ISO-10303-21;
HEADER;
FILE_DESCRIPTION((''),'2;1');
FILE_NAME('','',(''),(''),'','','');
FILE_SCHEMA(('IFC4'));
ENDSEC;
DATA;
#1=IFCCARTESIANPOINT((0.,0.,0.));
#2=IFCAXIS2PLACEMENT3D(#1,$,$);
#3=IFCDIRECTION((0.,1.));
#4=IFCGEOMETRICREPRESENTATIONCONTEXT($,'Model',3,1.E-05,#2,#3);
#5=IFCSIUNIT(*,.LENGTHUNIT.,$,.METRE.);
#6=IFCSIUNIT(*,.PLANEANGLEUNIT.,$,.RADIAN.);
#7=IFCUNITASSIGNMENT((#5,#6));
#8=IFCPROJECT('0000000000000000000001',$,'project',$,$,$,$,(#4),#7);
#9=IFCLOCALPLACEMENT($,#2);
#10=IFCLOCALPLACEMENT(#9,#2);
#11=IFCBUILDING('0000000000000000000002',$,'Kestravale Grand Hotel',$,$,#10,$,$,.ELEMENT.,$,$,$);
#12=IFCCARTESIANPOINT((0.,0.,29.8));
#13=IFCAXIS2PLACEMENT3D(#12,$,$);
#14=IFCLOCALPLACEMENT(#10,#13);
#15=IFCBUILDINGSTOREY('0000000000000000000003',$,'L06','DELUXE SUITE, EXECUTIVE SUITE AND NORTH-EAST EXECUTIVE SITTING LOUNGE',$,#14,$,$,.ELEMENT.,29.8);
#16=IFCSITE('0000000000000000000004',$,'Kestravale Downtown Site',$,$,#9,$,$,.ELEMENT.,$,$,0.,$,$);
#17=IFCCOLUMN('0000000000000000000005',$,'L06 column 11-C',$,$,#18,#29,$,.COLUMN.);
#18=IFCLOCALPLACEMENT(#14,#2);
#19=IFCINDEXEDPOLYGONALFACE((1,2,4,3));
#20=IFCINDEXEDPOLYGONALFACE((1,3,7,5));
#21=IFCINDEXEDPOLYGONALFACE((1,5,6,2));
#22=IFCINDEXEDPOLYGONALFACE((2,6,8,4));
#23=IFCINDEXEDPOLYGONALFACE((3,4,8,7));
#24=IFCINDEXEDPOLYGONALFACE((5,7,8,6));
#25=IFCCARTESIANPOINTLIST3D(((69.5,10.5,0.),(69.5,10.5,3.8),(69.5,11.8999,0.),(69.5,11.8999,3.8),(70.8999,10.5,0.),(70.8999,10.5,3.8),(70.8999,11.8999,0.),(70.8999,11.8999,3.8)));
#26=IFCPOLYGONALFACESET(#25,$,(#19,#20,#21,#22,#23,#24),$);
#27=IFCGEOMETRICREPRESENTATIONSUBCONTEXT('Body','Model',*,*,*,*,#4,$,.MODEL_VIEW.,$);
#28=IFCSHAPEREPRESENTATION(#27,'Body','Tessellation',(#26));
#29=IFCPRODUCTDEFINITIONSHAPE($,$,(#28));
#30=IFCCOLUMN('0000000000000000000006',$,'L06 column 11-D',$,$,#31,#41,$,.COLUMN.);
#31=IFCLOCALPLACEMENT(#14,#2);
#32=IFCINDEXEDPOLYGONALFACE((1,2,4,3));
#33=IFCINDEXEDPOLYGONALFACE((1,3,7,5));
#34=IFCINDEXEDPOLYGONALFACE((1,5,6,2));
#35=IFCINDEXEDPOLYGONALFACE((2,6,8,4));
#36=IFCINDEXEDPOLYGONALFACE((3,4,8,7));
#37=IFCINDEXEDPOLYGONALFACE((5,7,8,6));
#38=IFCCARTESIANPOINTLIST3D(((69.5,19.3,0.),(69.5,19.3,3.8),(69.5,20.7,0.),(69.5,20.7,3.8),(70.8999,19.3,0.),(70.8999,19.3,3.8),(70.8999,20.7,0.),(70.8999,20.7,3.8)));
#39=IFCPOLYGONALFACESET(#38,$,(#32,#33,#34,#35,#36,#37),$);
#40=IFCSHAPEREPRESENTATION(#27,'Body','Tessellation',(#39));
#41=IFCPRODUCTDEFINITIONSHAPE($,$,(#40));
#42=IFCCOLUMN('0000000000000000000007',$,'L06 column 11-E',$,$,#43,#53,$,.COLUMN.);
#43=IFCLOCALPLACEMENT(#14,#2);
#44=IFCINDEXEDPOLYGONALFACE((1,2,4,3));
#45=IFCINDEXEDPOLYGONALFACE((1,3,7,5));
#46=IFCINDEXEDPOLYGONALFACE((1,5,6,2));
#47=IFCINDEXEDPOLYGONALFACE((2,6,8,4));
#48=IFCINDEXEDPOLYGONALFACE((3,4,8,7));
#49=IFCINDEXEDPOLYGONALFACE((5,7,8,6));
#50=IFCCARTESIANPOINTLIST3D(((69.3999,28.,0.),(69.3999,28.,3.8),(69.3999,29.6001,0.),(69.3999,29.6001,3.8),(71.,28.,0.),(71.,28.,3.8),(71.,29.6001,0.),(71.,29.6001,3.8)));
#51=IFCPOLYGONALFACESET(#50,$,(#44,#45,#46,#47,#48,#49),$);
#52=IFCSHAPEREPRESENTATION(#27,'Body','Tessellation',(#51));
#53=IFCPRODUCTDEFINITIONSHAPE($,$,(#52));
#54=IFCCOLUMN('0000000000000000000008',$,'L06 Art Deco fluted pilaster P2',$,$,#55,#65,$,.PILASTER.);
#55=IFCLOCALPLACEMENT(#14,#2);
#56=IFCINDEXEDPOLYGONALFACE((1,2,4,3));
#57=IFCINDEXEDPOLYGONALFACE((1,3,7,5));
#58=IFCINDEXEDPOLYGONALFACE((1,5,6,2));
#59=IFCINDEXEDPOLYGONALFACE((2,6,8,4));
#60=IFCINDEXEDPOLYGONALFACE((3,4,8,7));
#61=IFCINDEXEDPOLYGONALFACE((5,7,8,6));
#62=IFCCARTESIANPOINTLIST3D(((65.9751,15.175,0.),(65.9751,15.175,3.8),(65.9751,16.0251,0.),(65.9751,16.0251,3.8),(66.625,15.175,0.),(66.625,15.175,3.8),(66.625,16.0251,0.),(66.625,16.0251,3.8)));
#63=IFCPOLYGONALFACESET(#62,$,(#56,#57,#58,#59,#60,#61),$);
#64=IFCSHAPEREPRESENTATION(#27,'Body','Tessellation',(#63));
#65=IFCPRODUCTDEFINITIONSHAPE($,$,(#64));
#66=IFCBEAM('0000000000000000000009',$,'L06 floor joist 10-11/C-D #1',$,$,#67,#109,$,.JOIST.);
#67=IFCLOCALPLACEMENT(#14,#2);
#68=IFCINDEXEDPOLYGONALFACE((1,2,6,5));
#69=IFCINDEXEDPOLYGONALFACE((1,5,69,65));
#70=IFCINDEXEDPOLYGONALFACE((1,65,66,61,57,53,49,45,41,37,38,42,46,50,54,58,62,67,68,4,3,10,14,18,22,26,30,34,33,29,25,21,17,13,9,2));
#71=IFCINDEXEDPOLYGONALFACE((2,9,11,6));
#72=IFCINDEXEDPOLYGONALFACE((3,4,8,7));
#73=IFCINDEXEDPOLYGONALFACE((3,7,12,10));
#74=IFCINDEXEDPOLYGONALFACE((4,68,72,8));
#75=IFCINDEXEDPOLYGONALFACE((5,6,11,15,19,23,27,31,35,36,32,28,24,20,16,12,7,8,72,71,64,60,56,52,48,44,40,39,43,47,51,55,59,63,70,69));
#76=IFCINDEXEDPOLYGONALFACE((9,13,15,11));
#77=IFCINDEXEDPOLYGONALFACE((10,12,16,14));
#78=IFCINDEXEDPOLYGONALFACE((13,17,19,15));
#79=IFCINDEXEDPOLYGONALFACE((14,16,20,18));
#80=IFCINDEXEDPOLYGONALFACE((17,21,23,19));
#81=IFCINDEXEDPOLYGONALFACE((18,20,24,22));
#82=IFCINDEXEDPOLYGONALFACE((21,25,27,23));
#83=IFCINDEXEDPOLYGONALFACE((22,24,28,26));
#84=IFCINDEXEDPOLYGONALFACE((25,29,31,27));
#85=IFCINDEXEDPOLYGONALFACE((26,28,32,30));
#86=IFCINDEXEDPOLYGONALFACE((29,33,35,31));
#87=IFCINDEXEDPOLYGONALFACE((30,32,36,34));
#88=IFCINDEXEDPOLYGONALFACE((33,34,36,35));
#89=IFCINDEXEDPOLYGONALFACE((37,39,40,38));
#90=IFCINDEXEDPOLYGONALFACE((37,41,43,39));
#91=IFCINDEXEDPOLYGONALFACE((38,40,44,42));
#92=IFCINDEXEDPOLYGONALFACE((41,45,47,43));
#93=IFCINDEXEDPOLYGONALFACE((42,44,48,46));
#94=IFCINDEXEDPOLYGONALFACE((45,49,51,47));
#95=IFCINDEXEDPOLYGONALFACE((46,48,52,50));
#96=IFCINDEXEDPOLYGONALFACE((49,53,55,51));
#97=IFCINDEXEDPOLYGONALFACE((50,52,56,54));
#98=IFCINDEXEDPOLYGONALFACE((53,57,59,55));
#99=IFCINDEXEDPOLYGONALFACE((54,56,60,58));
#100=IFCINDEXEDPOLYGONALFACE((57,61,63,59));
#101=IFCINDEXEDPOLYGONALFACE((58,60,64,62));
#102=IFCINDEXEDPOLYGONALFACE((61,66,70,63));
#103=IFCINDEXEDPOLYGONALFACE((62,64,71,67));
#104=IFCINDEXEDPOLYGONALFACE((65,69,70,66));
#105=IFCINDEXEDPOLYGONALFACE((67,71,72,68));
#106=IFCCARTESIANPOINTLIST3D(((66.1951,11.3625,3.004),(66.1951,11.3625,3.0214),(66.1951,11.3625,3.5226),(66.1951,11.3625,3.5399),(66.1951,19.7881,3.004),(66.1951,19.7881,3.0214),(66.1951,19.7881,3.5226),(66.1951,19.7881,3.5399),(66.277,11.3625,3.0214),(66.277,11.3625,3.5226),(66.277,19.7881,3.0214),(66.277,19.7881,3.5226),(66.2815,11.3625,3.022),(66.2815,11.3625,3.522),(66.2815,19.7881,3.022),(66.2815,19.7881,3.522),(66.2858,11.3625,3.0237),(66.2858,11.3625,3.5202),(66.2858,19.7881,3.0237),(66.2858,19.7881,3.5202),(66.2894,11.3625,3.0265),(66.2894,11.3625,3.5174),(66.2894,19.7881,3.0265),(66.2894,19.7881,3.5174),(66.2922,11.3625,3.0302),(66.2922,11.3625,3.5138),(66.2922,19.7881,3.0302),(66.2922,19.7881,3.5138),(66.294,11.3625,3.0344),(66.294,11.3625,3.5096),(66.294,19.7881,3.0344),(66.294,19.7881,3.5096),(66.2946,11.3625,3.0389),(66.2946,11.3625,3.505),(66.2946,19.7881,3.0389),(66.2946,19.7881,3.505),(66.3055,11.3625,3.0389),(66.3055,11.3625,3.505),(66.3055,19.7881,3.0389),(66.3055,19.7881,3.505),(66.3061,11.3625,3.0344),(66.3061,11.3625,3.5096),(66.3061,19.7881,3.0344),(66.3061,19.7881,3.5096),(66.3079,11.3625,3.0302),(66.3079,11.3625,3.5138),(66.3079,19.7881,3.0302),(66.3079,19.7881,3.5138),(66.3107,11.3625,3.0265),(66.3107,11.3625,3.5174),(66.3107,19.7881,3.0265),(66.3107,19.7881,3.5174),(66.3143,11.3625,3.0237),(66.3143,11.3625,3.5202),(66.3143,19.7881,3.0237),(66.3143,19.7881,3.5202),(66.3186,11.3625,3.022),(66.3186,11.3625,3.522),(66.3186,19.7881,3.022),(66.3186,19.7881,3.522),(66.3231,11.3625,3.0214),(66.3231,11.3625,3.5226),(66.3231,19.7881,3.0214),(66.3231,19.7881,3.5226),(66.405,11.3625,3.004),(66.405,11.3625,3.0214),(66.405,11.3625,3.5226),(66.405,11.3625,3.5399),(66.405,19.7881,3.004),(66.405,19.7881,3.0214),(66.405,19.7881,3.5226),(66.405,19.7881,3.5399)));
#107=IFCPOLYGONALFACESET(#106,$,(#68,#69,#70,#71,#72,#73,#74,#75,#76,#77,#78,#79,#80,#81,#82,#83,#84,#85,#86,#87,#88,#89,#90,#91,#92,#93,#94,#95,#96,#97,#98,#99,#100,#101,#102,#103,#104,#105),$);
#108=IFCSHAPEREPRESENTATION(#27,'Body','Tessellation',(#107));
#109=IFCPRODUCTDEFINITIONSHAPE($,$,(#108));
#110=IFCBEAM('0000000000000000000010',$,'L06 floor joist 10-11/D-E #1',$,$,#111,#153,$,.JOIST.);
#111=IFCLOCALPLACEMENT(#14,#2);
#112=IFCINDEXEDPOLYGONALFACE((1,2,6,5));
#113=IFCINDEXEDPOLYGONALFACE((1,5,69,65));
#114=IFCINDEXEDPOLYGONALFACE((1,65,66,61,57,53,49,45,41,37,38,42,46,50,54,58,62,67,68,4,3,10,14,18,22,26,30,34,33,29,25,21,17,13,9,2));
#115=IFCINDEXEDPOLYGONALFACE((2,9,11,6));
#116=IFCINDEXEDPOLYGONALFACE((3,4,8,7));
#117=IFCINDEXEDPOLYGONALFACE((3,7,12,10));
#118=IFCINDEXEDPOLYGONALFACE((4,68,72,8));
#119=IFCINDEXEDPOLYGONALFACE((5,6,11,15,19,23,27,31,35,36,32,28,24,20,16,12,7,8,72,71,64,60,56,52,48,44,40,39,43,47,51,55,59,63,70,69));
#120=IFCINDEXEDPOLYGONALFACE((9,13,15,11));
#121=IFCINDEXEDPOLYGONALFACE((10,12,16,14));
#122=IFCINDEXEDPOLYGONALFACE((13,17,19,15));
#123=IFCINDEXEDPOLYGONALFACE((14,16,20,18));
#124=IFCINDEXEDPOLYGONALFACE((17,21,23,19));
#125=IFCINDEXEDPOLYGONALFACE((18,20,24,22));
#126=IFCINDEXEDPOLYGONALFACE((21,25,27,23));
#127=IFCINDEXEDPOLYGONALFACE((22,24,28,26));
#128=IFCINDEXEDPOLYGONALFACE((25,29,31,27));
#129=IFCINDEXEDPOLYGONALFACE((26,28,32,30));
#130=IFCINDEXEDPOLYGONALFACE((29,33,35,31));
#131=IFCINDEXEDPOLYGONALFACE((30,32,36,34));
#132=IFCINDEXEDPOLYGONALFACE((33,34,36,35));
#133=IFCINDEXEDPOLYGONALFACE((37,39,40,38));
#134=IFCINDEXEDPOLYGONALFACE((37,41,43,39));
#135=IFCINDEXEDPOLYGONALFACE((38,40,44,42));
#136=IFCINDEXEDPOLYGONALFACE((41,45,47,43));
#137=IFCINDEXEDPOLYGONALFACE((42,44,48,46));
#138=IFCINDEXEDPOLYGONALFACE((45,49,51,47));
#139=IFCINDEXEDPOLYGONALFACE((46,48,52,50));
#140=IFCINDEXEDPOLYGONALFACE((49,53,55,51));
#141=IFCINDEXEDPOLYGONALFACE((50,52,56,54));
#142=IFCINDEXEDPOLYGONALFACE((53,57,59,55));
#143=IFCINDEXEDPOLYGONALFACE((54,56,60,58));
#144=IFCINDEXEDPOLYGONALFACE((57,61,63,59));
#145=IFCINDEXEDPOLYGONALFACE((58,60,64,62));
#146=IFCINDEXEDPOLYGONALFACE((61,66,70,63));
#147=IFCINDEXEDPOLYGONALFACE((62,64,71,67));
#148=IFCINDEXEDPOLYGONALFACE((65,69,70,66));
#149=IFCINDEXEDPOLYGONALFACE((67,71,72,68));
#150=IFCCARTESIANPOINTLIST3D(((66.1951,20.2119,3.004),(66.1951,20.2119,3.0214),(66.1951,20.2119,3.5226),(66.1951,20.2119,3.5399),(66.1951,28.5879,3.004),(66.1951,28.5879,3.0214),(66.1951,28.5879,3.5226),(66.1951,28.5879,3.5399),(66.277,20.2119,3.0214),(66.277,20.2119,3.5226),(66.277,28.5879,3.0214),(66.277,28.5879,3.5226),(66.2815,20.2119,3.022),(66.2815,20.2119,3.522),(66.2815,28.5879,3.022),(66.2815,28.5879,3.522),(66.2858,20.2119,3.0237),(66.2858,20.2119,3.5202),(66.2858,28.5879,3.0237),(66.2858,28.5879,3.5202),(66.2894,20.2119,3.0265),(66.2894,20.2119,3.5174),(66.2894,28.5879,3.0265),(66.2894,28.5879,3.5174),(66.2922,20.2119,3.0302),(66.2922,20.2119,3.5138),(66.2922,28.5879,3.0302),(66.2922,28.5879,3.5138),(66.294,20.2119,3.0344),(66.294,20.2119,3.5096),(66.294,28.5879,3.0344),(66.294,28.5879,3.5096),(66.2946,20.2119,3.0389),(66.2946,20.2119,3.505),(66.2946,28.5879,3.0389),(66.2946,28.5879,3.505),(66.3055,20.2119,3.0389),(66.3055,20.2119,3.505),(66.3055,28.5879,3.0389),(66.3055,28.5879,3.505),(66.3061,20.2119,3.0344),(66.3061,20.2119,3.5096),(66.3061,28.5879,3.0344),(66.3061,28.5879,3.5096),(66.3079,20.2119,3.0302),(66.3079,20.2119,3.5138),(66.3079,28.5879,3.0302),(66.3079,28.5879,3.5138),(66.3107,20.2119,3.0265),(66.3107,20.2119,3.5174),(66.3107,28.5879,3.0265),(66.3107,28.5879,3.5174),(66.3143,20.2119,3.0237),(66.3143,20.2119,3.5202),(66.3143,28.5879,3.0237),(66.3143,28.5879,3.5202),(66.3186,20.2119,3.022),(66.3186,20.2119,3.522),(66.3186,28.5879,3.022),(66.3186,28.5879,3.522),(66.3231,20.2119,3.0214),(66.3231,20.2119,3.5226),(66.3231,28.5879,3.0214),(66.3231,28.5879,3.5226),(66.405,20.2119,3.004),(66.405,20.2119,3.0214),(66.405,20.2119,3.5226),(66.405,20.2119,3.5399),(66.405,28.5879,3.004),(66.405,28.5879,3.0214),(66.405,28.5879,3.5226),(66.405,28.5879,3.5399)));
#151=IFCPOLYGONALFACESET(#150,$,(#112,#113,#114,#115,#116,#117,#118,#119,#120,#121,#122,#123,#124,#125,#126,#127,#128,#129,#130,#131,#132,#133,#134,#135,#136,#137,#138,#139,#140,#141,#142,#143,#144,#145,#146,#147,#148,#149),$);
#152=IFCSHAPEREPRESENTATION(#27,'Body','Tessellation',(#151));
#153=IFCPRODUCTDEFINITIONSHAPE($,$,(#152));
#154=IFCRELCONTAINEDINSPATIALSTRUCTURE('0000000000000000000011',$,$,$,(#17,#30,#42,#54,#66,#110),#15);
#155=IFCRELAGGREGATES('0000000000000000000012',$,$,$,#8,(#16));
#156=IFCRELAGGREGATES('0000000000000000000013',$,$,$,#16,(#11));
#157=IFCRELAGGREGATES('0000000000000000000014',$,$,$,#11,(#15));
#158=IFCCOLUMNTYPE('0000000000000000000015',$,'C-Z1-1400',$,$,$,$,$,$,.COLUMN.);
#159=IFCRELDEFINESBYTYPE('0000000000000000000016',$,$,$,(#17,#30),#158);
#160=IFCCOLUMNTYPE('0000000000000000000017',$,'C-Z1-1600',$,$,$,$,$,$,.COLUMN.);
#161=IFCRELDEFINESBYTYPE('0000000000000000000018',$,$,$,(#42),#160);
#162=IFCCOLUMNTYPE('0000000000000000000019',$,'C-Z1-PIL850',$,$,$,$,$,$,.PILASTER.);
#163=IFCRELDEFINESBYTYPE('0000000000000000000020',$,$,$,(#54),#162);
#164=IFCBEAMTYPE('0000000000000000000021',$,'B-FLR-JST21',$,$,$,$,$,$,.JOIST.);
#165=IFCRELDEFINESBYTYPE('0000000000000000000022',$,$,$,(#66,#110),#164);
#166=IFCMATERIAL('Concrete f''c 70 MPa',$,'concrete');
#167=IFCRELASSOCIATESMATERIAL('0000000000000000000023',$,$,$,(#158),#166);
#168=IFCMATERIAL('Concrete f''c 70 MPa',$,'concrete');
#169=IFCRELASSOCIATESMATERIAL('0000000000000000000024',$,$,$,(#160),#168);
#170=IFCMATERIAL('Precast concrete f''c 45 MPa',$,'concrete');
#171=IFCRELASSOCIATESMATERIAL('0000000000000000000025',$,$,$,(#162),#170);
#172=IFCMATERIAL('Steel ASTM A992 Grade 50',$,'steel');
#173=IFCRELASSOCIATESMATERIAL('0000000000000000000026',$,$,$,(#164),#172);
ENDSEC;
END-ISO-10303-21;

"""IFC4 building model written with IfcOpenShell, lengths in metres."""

from ifc_helpers import new_model, si_unit, direction, frame, origin, origin_2d, place, context, subcontext, project, spatial, rectangle, i_section, extrude, material, material_profile, profile_set, type_object, element, save


model = new_model("IFC4")

# Units and contexts
model_context = context("Model", 3, precision=1e-05, world=origin(), true_north=direction((0.0, 1.0)))
body_context = subcontext(model_context, "Body", "Model", "MODEL_VIEW")
ifc_project = project(units=[si_unit("LENGTHUNIT", "METRE"), si_unit("PLANEANGLEUNIT", "RADIAN")], contexts=[model_context])

# Site, building, storey
site_placement = place(None, origin())
site = spatial("IfcSite", under=ifc_project, at=site_placement, Name="Kestravale Downtown Site", CompositionType="ELEMENT", RefElevation=0.0)
building_placement = place(site_placement, origin())
building = spatial("IfcBuilding", under=site, at=building_placement, Name="Kestravale Grand Hotel", CompositionType="ELEMENT")
storey_placement = place(building_placement, frame((0.0, 0.0, 29.8)))
storey = spatial("IfcBuildingStorey", under=building, at=storey_placement, Name="L06", Description="DELUXE SUITE, EXECUTIVE SUITE AND NORTH-EAST EXECUTIVE SITTING LOUNGE", CompositionType="ELEMENT", Elevation=29.8)

# Columns
ifc_material_1 = material(Name="Concrete f'c 70 MPa", Category="concrete")
ifc_material_profile_1 = material_profile(ifc_material_1, rectangle(XDim=1.3999, YDim=1.3999, at=origin_2d()))
ifc_profile_set_1 = profile_set([ifc_material_profile_1], Name="Concrete f'c 70 MPa")
column_type_1 = type_object("IfcColumnType", Name="C-Z1-1400", PredefinedType="COLUMN", material=ifc_profile_set_1)
for number, where, z_axis, x_axis, name in (
    (1, (70.2, 11.2, 0.0), (0.0, 0.0, 1.0), (1.0, 0.0, 0.0), "L06 column 11-C"),
    (2, (70.2, 20.0, 0.0), (0.0, 0.0, 1.0), (1.0, 0.0, 0.0), "L06 column 11-D"),
):
    element("IfcColumn", number, at=place(storey_placement, frame(where, z_axis=z_axis, x_axis=x_axis)), inside=storey, type_object=column_type_1, Name=name, PredefinedType="COLUMN", context=body_context, shape_type="SweptSolid", body=[
        extrude(rectangle(XDim=1.3999, YDim=1.3999, at=origin_2d()), origin(), (0.0, 0.0, 1.0), 3.8),
    ])
ifc_material_2 = material(Name="Concrete f'c 70 MPa", Category="concrete")
ifc_material_profile_2 = material_profile(ifc_material_2, rectangle(XDim=1.6001, YDim=1.6001, at=origin_2d()))
ifc_profile_set_2 = profile_set([ifc_material_profile_2], Name="Concrete f'c 70 MPa")
column_type_2 = type_object("IfcColumnType", Name="C-Z1-1600", PredefinedType="COLUMN", material=ifc_profile_set_2)
column_1_placement = place(storey_placement, frame((70.2, 28.8, 0.0), z_axis=(0.0, 0.0, 1.0), x_axis=(1.0, 0.0, 0.0)))
element("IfcColumn", 3, at=column_1_placement, inside=storey, type_object=column_type_2, Name="L06 column 11-E", PredefinedType="COLUMN", context=body_context, shape_type="SweptSolid", body=[
    extrude(rectangle(XDim=1.6001, YDim=1.6001, at=origin_2d()), origin(), (0.0, 0.0, 1.0), 3.8),
])
ifc_material_3 = material(Name="Precast concrete f'c 45 MPa", Category="concrete")
ifc_material_profile_3 = material_profile(ifc_material_3, rectangle(XDim=0.6499, YDim=0.8501, at=origin_2d()))
ifc_profile_set_3 = profile_set([ifc_material_profile_3], Name="Precast concrete f'c 45 MPa")
column_type_3 = type_object("IfcColumnType", Name="C-Z1-PIL850", PredefinedType="PILASTER", material=ifc_profile_set_3)
column_2_placement = place(storey_placement, frame((66.3, 15.6001, 0.0), z_axis=(0.0, 0.0, 1.0), x_axis=(1.0, 0.0, 0.0)))
element("IfcColumn", 4, at=column_2_placement, inside=storey, type_object=column_type_3, Name="L06 Art Deco fluted pilaster P2", PredefinedType="PILASTER", context=body_context, shape_type="SweptSolid", body=[
    extrude(rectangle(XDim=0.6499, YDim=0.8501, at=origin_2d()), origin(), (0.0, 0.0, 1.0), 3.8),
])

# Beams
ifc_material_4 = material(Name="Steel ASTM A992 Grade 50", Category="steel")
ifc_material_profile_4 = material_profile(ifc_material_4, i_section(OverallWidth=0.21, OverallDepth=0.5359, WebThickness=0.011, FlangeThickness=0.0173, FilletRadius=0.0176, at=origin_2d()))
ifc_profile_set_4 = profile_set([ifc_material_profile_4], Name="Steel ASTM A992 Grade 50")
beam_type_1 = type_object("IfcBeamType", Name="B-FLR-JST21", PredefinedType="JOIST", material=ifc_profile_set_4)
beam_1_placement = place(storey_placement, frame((66.3, 11.3625, 3.272), z_axis=(0.0, 1.0, 0.0), x_axis=(-1.0, 0.0, 0.0)))
element("IfcBeam", 5, at=beam_1_placement, inside=storey, type_object=beam_type_1, Name="L06 floor joist 10-11/C-D #1", PredefinedType="JOIST", context=body_context, shape_type="SweptSolid", body=[
    extrude(i_section(OverallWidth=0.21, OverallDepth=0.5359, WebThickness=0.011, FlangeThickness=0.0173, FilletRadius=0.0176, at=origin_2d()), origin(), (0.0, 0.0, 1.0), 8.4255),
])
beam_2_placement = place(storey_placement, frame((66.3, 20.2119, 3.272), z_axis=(0.0, 1.0, 0.0), x_axis=(-1.0, 0.0, 0.0)))
element("IfcBeam", 6, at=beam_2_placement, inside=storey, type_object=beam_type_1, Name="L06 floor joist 10-11/D-E #1", PredefinedType="JOIST", context=body_context, shape_type="SweptSolid", body=[
    extrude(i_section(OverallWidth=0.21, OverallDepth=0.5359, WebThickness=0.011, FlangeThickness=0.0173, FilletRadius=0.0176, at=origin_2d()), origin(), (0.0, 0.0, 1.0), 8.376),
])

save(model, "model.ifc")
